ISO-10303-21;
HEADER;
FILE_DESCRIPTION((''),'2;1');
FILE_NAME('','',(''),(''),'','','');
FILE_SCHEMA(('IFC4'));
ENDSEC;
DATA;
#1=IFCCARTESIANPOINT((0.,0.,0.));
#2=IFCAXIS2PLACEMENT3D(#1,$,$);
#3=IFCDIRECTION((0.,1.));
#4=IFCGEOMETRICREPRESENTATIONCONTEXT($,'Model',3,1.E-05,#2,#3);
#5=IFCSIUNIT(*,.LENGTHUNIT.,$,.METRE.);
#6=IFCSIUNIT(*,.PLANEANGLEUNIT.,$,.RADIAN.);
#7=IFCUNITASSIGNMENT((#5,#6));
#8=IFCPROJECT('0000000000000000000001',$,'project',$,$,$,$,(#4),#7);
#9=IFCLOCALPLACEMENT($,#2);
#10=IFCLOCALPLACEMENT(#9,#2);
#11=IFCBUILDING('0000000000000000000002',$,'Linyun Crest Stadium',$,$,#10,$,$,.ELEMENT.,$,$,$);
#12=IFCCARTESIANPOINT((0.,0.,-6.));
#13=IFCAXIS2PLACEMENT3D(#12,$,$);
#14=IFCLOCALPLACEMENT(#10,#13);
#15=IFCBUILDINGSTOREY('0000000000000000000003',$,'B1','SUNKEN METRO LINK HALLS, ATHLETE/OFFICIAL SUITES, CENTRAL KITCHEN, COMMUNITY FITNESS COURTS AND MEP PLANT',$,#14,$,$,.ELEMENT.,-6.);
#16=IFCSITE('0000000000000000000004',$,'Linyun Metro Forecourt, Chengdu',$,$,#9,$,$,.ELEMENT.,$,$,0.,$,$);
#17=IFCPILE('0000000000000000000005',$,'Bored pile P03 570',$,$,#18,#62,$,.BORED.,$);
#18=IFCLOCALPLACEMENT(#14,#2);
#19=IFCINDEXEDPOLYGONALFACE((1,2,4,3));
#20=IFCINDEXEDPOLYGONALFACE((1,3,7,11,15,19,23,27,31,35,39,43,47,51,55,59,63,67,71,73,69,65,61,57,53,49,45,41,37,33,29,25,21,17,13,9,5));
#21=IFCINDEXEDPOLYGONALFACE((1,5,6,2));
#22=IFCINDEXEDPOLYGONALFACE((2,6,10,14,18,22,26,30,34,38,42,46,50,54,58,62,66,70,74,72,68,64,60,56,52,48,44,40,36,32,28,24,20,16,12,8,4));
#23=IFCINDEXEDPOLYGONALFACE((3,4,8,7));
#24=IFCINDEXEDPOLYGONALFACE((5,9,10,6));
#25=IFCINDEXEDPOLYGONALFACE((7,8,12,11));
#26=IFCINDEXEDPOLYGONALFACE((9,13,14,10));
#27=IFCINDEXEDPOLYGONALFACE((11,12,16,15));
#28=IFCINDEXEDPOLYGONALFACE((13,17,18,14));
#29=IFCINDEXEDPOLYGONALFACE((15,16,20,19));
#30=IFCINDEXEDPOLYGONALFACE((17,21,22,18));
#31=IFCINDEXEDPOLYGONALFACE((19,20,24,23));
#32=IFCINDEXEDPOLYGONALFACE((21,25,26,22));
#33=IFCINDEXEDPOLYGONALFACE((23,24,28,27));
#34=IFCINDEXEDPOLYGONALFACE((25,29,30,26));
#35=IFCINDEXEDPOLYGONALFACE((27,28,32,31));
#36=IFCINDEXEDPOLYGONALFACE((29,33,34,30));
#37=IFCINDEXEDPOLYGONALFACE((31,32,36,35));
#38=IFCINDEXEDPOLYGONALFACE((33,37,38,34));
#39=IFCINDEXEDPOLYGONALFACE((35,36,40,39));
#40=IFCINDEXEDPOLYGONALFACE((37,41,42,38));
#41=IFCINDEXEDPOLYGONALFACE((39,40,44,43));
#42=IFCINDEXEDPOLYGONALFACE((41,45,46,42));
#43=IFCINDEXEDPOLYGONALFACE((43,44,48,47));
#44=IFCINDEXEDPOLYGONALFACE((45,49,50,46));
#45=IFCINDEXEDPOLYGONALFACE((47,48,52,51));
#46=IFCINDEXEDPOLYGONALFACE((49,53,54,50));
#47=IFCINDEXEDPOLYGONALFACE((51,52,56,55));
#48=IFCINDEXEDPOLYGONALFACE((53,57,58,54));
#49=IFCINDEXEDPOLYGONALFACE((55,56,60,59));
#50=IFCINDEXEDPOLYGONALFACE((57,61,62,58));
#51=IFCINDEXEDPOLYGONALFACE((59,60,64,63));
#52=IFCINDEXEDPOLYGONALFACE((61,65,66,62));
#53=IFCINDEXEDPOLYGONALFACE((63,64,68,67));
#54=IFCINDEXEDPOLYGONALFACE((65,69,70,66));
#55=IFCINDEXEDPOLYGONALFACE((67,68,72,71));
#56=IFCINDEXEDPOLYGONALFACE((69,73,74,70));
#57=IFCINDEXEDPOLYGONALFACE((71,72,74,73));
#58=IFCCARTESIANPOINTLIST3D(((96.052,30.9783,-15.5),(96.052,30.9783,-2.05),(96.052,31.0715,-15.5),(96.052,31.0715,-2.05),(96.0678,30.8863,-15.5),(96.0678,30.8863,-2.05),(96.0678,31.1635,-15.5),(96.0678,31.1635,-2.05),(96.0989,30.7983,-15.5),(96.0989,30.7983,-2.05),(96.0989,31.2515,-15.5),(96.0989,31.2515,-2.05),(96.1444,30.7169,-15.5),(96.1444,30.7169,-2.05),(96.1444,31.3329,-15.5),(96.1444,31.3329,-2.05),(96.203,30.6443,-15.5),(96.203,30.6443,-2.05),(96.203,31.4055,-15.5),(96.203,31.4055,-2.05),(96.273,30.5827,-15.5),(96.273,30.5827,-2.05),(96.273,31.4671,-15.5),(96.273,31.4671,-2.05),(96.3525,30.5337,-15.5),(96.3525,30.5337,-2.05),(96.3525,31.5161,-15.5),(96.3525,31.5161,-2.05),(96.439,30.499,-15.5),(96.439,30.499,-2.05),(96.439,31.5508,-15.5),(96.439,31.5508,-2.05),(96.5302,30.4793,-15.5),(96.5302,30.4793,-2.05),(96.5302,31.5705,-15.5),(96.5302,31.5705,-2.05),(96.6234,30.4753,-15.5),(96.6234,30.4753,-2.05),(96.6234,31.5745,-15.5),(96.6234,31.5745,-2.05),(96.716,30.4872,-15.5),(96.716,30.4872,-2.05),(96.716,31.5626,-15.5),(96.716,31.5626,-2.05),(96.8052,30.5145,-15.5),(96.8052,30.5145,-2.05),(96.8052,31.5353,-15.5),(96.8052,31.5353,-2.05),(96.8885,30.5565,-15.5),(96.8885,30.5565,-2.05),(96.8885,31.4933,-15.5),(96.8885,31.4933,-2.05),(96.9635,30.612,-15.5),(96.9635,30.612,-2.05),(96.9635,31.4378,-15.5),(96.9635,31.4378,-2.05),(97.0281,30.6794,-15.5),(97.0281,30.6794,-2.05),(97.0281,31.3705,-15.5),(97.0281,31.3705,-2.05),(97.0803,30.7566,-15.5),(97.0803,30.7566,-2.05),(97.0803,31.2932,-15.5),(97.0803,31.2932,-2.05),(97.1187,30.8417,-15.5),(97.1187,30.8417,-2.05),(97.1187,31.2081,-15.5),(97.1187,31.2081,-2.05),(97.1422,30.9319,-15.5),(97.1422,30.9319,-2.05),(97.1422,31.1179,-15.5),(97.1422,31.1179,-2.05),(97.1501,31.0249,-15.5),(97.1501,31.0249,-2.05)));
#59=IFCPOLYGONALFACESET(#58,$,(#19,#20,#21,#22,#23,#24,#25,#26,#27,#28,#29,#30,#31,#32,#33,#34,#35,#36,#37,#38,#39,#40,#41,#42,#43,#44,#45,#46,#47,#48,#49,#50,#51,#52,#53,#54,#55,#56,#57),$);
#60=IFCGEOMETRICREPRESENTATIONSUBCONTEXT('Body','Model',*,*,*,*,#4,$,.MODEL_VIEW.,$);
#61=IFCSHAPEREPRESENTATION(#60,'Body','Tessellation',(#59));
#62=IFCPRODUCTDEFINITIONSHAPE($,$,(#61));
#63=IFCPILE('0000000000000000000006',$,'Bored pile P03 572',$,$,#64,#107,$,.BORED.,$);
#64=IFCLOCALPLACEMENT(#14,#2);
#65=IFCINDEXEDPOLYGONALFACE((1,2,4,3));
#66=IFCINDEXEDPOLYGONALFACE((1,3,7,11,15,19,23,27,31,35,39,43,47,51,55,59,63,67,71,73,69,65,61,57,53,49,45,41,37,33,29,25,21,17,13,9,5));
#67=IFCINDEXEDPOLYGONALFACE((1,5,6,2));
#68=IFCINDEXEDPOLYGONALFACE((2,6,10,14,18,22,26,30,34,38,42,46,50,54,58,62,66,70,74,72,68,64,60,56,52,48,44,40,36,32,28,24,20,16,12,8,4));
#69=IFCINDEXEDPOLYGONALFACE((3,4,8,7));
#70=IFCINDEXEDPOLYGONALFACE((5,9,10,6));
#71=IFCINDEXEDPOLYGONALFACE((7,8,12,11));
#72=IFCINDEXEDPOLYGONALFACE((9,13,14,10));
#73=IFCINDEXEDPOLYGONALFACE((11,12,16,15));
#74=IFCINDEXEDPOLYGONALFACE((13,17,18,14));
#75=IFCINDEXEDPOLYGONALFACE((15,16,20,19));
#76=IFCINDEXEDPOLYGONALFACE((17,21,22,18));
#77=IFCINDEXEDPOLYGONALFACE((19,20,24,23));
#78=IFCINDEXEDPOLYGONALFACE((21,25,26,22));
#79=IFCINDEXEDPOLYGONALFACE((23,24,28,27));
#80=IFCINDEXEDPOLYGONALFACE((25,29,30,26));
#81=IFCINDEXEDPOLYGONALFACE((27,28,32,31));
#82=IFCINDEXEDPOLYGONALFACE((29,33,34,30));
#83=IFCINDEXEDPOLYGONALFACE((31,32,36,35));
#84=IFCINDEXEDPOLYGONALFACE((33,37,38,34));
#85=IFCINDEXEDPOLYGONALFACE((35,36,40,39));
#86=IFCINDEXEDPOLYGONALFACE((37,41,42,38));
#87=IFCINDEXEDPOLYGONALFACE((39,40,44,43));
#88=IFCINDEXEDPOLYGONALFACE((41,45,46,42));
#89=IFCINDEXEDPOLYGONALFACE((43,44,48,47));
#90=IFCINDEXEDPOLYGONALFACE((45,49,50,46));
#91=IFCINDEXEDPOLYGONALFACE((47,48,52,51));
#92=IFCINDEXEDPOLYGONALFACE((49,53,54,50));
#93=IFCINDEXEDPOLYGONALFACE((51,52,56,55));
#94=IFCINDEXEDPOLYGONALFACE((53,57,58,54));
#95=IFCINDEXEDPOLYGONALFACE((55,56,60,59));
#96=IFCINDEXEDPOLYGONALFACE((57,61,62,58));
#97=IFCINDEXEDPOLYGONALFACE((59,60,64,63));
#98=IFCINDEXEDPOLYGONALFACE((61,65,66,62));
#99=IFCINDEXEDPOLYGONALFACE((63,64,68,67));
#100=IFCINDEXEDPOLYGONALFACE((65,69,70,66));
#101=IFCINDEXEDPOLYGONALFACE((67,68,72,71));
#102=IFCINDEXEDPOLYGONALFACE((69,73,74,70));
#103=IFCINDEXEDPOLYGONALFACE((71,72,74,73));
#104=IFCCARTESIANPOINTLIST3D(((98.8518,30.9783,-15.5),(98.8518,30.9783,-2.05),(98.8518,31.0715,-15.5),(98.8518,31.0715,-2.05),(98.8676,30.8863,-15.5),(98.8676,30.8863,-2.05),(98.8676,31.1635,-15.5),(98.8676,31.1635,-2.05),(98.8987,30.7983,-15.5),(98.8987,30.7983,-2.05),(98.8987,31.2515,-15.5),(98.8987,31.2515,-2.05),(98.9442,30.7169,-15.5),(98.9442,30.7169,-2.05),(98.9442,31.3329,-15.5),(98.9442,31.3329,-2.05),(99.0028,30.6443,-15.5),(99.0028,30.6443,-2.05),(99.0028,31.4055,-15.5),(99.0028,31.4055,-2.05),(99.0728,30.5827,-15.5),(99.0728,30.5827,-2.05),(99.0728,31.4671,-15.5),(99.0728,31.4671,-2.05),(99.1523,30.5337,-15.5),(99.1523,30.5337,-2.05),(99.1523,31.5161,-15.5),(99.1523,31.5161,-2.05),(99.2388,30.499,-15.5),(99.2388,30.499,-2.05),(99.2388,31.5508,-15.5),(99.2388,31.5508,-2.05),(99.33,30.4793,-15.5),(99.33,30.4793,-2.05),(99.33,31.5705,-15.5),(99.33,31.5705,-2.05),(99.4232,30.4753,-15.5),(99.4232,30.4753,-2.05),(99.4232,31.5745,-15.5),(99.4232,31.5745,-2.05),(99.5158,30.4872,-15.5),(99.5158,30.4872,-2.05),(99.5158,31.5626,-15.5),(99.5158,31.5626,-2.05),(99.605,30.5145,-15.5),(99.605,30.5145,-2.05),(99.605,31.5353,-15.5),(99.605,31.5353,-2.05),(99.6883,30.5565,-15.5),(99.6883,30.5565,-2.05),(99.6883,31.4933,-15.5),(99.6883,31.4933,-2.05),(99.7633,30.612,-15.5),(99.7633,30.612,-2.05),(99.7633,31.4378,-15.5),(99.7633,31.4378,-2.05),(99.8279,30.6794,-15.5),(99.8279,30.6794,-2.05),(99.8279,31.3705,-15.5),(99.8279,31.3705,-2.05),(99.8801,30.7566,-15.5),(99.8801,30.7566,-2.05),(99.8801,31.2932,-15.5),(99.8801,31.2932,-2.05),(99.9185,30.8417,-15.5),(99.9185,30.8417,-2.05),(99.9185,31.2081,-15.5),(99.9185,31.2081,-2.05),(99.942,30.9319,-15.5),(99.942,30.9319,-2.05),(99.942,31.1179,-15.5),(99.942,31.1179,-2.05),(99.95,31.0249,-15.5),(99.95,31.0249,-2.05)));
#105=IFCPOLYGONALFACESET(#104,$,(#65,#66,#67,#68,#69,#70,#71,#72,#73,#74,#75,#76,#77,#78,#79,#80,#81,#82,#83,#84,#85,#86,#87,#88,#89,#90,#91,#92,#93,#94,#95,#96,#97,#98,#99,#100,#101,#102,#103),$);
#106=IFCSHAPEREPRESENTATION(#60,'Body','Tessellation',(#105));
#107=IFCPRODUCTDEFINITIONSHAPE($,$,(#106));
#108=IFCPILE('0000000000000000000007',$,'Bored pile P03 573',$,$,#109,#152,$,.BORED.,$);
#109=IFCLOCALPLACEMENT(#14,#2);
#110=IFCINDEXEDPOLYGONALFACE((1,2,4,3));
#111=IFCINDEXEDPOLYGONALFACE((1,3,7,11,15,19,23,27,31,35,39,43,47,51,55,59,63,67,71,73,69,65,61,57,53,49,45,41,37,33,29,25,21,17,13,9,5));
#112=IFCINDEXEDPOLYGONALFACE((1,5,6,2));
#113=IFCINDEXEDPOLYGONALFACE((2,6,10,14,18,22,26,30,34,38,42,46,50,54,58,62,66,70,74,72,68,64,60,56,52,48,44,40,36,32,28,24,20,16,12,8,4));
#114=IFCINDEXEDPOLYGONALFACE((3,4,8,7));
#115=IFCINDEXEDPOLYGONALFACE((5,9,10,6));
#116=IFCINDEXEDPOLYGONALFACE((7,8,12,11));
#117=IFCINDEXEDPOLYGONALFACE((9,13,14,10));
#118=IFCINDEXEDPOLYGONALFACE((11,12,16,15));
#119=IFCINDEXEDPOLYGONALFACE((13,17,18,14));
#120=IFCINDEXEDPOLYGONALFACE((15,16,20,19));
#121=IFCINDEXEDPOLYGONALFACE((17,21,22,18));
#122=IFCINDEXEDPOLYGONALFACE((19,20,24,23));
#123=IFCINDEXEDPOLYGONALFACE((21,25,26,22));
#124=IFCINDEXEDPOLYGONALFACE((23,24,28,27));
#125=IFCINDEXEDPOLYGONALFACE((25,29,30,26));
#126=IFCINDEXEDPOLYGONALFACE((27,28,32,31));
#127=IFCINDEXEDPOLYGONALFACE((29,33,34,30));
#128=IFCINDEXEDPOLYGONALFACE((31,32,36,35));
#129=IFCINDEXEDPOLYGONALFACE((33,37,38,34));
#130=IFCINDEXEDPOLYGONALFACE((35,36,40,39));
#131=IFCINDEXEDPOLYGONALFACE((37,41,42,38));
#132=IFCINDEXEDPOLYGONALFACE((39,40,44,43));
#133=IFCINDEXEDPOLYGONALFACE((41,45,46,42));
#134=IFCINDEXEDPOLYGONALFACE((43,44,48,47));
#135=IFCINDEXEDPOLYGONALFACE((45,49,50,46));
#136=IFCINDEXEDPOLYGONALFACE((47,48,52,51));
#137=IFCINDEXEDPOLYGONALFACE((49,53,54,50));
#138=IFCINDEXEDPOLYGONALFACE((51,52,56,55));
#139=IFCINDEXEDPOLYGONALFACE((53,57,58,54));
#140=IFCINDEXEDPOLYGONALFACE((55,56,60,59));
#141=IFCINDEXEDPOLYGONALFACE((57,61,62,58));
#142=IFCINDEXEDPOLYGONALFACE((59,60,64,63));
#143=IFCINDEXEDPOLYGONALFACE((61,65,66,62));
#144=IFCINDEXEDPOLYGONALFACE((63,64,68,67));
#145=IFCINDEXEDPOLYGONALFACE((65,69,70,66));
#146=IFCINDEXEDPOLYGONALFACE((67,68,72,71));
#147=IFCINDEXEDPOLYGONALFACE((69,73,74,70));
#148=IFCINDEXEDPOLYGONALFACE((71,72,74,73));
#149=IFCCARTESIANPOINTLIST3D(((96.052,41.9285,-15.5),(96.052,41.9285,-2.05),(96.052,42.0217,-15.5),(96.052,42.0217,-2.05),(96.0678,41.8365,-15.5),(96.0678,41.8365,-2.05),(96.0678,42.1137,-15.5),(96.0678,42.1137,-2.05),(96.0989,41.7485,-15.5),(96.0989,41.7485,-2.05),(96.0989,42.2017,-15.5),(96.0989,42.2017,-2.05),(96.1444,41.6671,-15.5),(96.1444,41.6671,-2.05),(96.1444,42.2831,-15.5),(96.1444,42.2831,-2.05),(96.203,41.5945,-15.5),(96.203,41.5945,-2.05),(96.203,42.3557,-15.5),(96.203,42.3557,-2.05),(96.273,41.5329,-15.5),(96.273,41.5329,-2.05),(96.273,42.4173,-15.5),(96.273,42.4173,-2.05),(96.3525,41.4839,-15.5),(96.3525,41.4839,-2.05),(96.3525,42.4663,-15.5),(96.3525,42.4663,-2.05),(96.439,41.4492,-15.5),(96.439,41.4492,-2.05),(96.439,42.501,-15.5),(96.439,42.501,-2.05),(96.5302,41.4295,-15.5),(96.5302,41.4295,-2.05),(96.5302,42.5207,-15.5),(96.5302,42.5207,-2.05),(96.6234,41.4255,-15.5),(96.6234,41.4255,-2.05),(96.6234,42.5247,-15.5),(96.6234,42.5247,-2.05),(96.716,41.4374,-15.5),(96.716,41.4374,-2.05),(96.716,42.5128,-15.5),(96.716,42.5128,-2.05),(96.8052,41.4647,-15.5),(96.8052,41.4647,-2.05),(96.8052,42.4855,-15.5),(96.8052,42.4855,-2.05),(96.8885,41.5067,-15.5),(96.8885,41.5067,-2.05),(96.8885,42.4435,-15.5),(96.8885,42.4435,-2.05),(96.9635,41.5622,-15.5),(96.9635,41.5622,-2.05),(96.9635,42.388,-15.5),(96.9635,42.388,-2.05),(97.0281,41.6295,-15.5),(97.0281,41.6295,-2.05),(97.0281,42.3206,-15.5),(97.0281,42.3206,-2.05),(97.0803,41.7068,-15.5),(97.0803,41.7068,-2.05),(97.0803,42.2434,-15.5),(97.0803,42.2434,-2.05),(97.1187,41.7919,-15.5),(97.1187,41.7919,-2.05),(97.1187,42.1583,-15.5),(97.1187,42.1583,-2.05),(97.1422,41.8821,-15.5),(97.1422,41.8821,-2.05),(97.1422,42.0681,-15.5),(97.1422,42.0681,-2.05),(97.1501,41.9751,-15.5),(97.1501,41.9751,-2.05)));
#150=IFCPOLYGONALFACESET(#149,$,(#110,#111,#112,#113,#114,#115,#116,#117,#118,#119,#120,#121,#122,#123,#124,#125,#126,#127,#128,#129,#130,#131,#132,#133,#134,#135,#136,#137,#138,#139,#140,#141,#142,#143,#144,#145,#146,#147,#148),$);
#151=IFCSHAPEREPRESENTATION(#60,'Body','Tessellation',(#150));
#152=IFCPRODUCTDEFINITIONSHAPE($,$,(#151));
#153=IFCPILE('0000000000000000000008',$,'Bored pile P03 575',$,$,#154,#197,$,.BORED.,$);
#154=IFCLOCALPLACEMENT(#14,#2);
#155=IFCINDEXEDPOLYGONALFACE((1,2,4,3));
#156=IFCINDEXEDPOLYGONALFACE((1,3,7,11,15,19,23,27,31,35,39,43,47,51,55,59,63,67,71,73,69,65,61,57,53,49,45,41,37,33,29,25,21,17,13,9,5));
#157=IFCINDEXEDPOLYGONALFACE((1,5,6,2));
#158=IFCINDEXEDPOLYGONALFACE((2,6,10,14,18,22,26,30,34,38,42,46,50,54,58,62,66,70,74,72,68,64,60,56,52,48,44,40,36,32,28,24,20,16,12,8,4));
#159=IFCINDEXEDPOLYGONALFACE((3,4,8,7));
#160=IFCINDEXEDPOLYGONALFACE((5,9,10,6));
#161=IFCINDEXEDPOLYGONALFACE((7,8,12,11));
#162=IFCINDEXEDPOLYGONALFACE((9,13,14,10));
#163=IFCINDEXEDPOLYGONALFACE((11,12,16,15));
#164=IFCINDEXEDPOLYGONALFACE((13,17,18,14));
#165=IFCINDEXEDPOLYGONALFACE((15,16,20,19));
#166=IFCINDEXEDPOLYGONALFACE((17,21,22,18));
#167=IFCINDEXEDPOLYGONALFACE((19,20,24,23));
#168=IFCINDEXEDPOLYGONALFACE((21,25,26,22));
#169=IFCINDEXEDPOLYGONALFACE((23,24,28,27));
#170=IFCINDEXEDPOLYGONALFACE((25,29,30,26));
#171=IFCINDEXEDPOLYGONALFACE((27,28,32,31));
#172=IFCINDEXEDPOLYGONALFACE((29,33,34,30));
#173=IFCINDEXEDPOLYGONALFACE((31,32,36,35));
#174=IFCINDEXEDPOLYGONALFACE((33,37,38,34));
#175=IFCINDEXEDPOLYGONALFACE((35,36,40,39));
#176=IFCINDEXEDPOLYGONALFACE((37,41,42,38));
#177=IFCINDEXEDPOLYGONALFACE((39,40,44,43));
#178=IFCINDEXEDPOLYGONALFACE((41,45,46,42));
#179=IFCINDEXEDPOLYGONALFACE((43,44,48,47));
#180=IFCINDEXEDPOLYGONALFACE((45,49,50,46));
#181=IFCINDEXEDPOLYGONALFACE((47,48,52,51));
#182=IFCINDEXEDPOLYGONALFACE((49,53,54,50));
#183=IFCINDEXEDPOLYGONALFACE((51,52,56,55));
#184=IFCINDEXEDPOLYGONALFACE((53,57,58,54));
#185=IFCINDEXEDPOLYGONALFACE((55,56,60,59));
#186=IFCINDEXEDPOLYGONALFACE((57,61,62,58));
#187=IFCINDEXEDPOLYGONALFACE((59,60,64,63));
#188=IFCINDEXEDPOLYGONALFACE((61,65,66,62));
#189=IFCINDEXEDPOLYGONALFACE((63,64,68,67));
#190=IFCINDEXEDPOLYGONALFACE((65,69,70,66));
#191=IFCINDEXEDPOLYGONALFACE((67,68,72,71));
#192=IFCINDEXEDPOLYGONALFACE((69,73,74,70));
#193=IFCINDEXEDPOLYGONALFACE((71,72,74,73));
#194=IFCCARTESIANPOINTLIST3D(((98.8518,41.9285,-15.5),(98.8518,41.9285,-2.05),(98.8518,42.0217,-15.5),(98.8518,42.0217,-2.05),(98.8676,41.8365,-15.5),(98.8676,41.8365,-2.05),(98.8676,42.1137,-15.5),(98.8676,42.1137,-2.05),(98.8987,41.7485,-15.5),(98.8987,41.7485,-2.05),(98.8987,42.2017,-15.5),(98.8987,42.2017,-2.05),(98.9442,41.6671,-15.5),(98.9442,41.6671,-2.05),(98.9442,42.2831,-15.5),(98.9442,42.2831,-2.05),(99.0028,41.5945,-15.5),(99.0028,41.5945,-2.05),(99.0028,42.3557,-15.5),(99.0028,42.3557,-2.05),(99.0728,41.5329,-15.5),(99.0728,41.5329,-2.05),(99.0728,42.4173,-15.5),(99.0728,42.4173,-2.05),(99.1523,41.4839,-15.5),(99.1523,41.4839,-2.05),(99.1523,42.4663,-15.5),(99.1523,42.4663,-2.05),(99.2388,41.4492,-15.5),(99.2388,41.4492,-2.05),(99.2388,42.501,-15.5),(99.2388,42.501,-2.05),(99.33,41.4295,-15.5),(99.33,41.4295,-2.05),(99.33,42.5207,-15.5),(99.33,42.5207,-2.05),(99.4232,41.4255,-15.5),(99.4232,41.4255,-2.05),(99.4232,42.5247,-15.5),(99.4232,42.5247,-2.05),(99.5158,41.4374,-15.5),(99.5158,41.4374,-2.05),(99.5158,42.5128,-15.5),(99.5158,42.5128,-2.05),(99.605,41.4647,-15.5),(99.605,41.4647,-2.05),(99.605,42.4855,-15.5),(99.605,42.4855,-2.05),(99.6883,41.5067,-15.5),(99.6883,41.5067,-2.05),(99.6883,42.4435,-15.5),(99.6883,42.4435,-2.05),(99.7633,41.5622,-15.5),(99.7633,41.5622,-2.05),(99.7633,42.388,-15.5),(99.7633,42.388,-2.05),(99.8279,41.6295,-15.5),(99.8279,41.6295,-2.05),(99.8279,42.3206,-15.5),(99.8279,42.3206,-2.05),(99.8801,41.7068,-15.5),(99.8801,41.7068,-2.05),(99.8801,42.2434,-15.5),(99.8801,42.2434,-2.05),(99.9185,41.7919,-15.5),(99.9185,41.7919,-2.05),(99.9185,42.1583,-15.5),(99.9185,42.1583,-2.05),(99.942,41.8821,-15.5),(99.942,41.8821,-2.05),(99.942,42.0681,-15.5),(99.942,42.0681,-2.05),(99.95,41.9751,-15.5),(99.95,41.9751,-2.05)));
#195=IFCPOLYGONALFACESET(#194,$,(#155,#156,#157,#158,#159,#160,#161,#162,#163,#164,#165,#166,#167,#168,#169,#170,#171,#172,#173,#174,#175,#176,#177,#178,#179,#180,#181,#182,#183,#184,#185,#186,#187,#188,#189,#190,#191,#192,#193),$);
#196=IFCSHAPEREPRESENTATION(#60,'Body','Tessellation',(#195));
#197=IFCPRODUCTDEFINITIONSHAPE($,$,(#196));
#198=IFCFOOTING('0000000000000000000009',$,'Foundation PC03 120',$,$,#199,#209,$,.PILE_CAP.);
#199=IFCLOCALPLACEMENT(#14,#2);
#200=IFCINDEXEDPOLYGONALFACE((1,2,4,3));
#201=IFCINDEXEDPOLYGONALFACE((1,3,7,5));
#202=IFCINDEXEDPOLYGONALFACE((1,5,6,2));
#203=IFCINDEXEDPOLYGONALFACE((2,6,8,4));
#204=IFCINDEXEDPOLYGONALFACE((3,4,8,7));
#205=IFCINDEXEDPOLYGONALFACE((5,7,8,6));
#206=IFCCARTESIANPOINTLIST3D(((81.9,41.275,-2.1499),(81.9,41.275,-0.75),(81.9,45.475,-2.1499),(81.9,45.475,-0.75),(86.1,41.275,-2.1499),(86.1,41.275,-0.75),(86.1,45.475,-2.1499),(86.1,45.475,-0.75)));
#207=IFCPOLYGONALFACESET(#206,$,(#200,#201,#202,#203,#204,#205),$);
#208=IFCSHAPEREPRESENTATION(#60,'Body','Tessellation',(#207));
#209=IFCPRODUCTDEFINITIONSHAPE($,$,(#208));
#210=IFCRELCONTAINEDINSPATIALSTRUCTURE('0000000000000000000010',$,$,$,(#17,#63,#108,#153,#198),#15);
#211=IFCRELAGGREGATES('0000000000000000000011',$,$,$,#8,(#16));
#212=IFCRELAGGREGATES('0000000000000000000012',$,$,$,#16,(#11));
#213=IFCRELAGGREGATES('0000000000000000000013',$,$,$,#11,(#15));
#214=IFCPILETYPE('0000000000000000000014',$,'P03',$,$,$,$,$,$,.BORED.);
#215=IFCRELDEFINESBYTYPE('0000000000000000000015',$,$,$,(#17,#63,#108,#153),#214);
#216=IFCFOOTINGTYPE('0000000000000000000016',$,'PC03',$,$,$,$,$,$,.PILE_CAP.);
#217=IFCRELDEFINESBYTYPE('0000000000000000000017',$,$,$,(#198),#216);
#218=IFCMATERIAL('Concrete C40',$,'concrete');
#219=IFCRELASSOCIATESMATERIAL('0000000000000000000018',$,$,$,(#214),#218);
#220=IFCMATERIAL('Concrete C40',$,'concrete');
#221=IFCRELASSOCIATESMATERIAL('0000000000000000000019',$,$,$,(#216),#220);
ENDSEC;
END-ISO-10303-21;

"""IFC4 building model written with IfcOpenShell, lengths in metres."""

from ifc_helpers import new_model, si_unit, direction, frame, origin, origin_2d, place, context, subcontext, project, spatial, rectangle, circle, extrude, material, material_profile, profile_set, type_object, element, save


model = new_model("IFC4")

# Units and contexts
model_context = context("Model", 3, precision=1e-05, world=origin(), true_north=direction((0.0, 1.0)))
body_context = subcontext(model_context, "Body", "Model", "MODEL_VIEW")
ifc_project = project(units=[si_unit("LENGTHUNIT", "METRE"), si_unit("PLANEANGLEUNIT", "RADIAN")], contexts=[model_context])

# Site, building, storey
site_placement = place(None, origin())
site = spatial("IfcSite", under=ifc_project, at=site_placement, Name="Linyun Metro Forecourt, Chengdu", CompositionType="ELEMENT", RefElevation=0.0)
building_placement = place(site_placement, origin())
building = spatial("IfcBuilding", under=site, at=building_placement, Name="Linyun Crest Stadium", CompositionType="ELEMENT")
storey_placement = place(building_placement, frame((0.0, 0.0, -6.0)))
storey = spatial("IfcBuildingStorey", under=building, at=storey_placement, Name="B1", Description="SUNKEN METRO LINK HALLS, ATHLETE/OFFICIAL SUITES, CENTRAL KITCHEN, COMMUNITY FITNESS COURTS AND MEP PLANT", CompositionType="ELEMENT", Elevation=-6.0)

# Piles
ifc_material_1 = material(Name="Concrete C40", Category="concrete")
ifc_material_profile_1 = material_profile(ifc_material_1, circle(Radius=0.55, at=origin_2d()), Name="BORED PILE 1100")
ifc_profile_set_1 = profile_set([ifc_material_profile_1], Name="Concrete C40")
pile_type = type_object("IfcPileType", Name="P03", PredefinedType="BORED", material=ifc_profile_set_1)
for number, where, z_axis, x_axis, name in (
    (1, (96.6001, 31.0249, -2.05), (0.0, 0.0, -1.0), (1.0, 0.0, 0.0), "Bored pile P03 570"),
    (2, (99.3999, 31.0249, -2.05), (0.0, 0.0, -1.0), (1.0, 0.0, 0.0), "Bored pile P03 572"),
    (3, (96.6001, 41.9751, -2.05), (0.0, 0.0, -1.0), (1.0, 0.0, 0.0), "Bored pile P03 573"),
    (4, (99.3999, 41.9751, -2.05), (0.0, 0.0, -1.0), (1.0, 0.0, 0.0), "Bored pile P03 575"),
):
    element("IfcPile", number, at=place(storey_placement, frame(where, z_axis=z_axis, x_axis=x_axis)), inside=storey, type_object=pile_type, Name=name, PredefinedType="BORED", context=body_context, shape_type="SweptSolid", body=[
        extrude(circle(Radius=0.55, at=origin_2d()), origin(), (0.0, 0.0, 1.0), 13.45),
    ])

# Footing
ifc_material_2 = material(Name="Concrete C40", Category="concrete")
footing_type = type_object("IfcFootingType", Name="PC03", PredefinedType="PILE_CAP", material=ifc_material_2)
for number, where, z_axis, x_axis, name in (
    (5, (84.0, 43.375, -2.1499), (0.0, 0.0, 1.0), (1.0, 0.0, 0.0), "Foundation PC03 120"),
):
    element("IfcFooting", number, at=place(storey_placement, frame(where, z_axis=z_axis, x_axis=x_axis)), inside=storey, type_object=footing_type, Name=name, PredefinedType="PILE_CAP", context=body_context, shape_type="SweptSolid", body=[
        extrude(rectangle(XDim=4.2, YDim=4.2, at=origin_2d()), origin(), (0.0, 0.0, 1.0), 1.3999),
    ])

save(model, "model.ifc")
